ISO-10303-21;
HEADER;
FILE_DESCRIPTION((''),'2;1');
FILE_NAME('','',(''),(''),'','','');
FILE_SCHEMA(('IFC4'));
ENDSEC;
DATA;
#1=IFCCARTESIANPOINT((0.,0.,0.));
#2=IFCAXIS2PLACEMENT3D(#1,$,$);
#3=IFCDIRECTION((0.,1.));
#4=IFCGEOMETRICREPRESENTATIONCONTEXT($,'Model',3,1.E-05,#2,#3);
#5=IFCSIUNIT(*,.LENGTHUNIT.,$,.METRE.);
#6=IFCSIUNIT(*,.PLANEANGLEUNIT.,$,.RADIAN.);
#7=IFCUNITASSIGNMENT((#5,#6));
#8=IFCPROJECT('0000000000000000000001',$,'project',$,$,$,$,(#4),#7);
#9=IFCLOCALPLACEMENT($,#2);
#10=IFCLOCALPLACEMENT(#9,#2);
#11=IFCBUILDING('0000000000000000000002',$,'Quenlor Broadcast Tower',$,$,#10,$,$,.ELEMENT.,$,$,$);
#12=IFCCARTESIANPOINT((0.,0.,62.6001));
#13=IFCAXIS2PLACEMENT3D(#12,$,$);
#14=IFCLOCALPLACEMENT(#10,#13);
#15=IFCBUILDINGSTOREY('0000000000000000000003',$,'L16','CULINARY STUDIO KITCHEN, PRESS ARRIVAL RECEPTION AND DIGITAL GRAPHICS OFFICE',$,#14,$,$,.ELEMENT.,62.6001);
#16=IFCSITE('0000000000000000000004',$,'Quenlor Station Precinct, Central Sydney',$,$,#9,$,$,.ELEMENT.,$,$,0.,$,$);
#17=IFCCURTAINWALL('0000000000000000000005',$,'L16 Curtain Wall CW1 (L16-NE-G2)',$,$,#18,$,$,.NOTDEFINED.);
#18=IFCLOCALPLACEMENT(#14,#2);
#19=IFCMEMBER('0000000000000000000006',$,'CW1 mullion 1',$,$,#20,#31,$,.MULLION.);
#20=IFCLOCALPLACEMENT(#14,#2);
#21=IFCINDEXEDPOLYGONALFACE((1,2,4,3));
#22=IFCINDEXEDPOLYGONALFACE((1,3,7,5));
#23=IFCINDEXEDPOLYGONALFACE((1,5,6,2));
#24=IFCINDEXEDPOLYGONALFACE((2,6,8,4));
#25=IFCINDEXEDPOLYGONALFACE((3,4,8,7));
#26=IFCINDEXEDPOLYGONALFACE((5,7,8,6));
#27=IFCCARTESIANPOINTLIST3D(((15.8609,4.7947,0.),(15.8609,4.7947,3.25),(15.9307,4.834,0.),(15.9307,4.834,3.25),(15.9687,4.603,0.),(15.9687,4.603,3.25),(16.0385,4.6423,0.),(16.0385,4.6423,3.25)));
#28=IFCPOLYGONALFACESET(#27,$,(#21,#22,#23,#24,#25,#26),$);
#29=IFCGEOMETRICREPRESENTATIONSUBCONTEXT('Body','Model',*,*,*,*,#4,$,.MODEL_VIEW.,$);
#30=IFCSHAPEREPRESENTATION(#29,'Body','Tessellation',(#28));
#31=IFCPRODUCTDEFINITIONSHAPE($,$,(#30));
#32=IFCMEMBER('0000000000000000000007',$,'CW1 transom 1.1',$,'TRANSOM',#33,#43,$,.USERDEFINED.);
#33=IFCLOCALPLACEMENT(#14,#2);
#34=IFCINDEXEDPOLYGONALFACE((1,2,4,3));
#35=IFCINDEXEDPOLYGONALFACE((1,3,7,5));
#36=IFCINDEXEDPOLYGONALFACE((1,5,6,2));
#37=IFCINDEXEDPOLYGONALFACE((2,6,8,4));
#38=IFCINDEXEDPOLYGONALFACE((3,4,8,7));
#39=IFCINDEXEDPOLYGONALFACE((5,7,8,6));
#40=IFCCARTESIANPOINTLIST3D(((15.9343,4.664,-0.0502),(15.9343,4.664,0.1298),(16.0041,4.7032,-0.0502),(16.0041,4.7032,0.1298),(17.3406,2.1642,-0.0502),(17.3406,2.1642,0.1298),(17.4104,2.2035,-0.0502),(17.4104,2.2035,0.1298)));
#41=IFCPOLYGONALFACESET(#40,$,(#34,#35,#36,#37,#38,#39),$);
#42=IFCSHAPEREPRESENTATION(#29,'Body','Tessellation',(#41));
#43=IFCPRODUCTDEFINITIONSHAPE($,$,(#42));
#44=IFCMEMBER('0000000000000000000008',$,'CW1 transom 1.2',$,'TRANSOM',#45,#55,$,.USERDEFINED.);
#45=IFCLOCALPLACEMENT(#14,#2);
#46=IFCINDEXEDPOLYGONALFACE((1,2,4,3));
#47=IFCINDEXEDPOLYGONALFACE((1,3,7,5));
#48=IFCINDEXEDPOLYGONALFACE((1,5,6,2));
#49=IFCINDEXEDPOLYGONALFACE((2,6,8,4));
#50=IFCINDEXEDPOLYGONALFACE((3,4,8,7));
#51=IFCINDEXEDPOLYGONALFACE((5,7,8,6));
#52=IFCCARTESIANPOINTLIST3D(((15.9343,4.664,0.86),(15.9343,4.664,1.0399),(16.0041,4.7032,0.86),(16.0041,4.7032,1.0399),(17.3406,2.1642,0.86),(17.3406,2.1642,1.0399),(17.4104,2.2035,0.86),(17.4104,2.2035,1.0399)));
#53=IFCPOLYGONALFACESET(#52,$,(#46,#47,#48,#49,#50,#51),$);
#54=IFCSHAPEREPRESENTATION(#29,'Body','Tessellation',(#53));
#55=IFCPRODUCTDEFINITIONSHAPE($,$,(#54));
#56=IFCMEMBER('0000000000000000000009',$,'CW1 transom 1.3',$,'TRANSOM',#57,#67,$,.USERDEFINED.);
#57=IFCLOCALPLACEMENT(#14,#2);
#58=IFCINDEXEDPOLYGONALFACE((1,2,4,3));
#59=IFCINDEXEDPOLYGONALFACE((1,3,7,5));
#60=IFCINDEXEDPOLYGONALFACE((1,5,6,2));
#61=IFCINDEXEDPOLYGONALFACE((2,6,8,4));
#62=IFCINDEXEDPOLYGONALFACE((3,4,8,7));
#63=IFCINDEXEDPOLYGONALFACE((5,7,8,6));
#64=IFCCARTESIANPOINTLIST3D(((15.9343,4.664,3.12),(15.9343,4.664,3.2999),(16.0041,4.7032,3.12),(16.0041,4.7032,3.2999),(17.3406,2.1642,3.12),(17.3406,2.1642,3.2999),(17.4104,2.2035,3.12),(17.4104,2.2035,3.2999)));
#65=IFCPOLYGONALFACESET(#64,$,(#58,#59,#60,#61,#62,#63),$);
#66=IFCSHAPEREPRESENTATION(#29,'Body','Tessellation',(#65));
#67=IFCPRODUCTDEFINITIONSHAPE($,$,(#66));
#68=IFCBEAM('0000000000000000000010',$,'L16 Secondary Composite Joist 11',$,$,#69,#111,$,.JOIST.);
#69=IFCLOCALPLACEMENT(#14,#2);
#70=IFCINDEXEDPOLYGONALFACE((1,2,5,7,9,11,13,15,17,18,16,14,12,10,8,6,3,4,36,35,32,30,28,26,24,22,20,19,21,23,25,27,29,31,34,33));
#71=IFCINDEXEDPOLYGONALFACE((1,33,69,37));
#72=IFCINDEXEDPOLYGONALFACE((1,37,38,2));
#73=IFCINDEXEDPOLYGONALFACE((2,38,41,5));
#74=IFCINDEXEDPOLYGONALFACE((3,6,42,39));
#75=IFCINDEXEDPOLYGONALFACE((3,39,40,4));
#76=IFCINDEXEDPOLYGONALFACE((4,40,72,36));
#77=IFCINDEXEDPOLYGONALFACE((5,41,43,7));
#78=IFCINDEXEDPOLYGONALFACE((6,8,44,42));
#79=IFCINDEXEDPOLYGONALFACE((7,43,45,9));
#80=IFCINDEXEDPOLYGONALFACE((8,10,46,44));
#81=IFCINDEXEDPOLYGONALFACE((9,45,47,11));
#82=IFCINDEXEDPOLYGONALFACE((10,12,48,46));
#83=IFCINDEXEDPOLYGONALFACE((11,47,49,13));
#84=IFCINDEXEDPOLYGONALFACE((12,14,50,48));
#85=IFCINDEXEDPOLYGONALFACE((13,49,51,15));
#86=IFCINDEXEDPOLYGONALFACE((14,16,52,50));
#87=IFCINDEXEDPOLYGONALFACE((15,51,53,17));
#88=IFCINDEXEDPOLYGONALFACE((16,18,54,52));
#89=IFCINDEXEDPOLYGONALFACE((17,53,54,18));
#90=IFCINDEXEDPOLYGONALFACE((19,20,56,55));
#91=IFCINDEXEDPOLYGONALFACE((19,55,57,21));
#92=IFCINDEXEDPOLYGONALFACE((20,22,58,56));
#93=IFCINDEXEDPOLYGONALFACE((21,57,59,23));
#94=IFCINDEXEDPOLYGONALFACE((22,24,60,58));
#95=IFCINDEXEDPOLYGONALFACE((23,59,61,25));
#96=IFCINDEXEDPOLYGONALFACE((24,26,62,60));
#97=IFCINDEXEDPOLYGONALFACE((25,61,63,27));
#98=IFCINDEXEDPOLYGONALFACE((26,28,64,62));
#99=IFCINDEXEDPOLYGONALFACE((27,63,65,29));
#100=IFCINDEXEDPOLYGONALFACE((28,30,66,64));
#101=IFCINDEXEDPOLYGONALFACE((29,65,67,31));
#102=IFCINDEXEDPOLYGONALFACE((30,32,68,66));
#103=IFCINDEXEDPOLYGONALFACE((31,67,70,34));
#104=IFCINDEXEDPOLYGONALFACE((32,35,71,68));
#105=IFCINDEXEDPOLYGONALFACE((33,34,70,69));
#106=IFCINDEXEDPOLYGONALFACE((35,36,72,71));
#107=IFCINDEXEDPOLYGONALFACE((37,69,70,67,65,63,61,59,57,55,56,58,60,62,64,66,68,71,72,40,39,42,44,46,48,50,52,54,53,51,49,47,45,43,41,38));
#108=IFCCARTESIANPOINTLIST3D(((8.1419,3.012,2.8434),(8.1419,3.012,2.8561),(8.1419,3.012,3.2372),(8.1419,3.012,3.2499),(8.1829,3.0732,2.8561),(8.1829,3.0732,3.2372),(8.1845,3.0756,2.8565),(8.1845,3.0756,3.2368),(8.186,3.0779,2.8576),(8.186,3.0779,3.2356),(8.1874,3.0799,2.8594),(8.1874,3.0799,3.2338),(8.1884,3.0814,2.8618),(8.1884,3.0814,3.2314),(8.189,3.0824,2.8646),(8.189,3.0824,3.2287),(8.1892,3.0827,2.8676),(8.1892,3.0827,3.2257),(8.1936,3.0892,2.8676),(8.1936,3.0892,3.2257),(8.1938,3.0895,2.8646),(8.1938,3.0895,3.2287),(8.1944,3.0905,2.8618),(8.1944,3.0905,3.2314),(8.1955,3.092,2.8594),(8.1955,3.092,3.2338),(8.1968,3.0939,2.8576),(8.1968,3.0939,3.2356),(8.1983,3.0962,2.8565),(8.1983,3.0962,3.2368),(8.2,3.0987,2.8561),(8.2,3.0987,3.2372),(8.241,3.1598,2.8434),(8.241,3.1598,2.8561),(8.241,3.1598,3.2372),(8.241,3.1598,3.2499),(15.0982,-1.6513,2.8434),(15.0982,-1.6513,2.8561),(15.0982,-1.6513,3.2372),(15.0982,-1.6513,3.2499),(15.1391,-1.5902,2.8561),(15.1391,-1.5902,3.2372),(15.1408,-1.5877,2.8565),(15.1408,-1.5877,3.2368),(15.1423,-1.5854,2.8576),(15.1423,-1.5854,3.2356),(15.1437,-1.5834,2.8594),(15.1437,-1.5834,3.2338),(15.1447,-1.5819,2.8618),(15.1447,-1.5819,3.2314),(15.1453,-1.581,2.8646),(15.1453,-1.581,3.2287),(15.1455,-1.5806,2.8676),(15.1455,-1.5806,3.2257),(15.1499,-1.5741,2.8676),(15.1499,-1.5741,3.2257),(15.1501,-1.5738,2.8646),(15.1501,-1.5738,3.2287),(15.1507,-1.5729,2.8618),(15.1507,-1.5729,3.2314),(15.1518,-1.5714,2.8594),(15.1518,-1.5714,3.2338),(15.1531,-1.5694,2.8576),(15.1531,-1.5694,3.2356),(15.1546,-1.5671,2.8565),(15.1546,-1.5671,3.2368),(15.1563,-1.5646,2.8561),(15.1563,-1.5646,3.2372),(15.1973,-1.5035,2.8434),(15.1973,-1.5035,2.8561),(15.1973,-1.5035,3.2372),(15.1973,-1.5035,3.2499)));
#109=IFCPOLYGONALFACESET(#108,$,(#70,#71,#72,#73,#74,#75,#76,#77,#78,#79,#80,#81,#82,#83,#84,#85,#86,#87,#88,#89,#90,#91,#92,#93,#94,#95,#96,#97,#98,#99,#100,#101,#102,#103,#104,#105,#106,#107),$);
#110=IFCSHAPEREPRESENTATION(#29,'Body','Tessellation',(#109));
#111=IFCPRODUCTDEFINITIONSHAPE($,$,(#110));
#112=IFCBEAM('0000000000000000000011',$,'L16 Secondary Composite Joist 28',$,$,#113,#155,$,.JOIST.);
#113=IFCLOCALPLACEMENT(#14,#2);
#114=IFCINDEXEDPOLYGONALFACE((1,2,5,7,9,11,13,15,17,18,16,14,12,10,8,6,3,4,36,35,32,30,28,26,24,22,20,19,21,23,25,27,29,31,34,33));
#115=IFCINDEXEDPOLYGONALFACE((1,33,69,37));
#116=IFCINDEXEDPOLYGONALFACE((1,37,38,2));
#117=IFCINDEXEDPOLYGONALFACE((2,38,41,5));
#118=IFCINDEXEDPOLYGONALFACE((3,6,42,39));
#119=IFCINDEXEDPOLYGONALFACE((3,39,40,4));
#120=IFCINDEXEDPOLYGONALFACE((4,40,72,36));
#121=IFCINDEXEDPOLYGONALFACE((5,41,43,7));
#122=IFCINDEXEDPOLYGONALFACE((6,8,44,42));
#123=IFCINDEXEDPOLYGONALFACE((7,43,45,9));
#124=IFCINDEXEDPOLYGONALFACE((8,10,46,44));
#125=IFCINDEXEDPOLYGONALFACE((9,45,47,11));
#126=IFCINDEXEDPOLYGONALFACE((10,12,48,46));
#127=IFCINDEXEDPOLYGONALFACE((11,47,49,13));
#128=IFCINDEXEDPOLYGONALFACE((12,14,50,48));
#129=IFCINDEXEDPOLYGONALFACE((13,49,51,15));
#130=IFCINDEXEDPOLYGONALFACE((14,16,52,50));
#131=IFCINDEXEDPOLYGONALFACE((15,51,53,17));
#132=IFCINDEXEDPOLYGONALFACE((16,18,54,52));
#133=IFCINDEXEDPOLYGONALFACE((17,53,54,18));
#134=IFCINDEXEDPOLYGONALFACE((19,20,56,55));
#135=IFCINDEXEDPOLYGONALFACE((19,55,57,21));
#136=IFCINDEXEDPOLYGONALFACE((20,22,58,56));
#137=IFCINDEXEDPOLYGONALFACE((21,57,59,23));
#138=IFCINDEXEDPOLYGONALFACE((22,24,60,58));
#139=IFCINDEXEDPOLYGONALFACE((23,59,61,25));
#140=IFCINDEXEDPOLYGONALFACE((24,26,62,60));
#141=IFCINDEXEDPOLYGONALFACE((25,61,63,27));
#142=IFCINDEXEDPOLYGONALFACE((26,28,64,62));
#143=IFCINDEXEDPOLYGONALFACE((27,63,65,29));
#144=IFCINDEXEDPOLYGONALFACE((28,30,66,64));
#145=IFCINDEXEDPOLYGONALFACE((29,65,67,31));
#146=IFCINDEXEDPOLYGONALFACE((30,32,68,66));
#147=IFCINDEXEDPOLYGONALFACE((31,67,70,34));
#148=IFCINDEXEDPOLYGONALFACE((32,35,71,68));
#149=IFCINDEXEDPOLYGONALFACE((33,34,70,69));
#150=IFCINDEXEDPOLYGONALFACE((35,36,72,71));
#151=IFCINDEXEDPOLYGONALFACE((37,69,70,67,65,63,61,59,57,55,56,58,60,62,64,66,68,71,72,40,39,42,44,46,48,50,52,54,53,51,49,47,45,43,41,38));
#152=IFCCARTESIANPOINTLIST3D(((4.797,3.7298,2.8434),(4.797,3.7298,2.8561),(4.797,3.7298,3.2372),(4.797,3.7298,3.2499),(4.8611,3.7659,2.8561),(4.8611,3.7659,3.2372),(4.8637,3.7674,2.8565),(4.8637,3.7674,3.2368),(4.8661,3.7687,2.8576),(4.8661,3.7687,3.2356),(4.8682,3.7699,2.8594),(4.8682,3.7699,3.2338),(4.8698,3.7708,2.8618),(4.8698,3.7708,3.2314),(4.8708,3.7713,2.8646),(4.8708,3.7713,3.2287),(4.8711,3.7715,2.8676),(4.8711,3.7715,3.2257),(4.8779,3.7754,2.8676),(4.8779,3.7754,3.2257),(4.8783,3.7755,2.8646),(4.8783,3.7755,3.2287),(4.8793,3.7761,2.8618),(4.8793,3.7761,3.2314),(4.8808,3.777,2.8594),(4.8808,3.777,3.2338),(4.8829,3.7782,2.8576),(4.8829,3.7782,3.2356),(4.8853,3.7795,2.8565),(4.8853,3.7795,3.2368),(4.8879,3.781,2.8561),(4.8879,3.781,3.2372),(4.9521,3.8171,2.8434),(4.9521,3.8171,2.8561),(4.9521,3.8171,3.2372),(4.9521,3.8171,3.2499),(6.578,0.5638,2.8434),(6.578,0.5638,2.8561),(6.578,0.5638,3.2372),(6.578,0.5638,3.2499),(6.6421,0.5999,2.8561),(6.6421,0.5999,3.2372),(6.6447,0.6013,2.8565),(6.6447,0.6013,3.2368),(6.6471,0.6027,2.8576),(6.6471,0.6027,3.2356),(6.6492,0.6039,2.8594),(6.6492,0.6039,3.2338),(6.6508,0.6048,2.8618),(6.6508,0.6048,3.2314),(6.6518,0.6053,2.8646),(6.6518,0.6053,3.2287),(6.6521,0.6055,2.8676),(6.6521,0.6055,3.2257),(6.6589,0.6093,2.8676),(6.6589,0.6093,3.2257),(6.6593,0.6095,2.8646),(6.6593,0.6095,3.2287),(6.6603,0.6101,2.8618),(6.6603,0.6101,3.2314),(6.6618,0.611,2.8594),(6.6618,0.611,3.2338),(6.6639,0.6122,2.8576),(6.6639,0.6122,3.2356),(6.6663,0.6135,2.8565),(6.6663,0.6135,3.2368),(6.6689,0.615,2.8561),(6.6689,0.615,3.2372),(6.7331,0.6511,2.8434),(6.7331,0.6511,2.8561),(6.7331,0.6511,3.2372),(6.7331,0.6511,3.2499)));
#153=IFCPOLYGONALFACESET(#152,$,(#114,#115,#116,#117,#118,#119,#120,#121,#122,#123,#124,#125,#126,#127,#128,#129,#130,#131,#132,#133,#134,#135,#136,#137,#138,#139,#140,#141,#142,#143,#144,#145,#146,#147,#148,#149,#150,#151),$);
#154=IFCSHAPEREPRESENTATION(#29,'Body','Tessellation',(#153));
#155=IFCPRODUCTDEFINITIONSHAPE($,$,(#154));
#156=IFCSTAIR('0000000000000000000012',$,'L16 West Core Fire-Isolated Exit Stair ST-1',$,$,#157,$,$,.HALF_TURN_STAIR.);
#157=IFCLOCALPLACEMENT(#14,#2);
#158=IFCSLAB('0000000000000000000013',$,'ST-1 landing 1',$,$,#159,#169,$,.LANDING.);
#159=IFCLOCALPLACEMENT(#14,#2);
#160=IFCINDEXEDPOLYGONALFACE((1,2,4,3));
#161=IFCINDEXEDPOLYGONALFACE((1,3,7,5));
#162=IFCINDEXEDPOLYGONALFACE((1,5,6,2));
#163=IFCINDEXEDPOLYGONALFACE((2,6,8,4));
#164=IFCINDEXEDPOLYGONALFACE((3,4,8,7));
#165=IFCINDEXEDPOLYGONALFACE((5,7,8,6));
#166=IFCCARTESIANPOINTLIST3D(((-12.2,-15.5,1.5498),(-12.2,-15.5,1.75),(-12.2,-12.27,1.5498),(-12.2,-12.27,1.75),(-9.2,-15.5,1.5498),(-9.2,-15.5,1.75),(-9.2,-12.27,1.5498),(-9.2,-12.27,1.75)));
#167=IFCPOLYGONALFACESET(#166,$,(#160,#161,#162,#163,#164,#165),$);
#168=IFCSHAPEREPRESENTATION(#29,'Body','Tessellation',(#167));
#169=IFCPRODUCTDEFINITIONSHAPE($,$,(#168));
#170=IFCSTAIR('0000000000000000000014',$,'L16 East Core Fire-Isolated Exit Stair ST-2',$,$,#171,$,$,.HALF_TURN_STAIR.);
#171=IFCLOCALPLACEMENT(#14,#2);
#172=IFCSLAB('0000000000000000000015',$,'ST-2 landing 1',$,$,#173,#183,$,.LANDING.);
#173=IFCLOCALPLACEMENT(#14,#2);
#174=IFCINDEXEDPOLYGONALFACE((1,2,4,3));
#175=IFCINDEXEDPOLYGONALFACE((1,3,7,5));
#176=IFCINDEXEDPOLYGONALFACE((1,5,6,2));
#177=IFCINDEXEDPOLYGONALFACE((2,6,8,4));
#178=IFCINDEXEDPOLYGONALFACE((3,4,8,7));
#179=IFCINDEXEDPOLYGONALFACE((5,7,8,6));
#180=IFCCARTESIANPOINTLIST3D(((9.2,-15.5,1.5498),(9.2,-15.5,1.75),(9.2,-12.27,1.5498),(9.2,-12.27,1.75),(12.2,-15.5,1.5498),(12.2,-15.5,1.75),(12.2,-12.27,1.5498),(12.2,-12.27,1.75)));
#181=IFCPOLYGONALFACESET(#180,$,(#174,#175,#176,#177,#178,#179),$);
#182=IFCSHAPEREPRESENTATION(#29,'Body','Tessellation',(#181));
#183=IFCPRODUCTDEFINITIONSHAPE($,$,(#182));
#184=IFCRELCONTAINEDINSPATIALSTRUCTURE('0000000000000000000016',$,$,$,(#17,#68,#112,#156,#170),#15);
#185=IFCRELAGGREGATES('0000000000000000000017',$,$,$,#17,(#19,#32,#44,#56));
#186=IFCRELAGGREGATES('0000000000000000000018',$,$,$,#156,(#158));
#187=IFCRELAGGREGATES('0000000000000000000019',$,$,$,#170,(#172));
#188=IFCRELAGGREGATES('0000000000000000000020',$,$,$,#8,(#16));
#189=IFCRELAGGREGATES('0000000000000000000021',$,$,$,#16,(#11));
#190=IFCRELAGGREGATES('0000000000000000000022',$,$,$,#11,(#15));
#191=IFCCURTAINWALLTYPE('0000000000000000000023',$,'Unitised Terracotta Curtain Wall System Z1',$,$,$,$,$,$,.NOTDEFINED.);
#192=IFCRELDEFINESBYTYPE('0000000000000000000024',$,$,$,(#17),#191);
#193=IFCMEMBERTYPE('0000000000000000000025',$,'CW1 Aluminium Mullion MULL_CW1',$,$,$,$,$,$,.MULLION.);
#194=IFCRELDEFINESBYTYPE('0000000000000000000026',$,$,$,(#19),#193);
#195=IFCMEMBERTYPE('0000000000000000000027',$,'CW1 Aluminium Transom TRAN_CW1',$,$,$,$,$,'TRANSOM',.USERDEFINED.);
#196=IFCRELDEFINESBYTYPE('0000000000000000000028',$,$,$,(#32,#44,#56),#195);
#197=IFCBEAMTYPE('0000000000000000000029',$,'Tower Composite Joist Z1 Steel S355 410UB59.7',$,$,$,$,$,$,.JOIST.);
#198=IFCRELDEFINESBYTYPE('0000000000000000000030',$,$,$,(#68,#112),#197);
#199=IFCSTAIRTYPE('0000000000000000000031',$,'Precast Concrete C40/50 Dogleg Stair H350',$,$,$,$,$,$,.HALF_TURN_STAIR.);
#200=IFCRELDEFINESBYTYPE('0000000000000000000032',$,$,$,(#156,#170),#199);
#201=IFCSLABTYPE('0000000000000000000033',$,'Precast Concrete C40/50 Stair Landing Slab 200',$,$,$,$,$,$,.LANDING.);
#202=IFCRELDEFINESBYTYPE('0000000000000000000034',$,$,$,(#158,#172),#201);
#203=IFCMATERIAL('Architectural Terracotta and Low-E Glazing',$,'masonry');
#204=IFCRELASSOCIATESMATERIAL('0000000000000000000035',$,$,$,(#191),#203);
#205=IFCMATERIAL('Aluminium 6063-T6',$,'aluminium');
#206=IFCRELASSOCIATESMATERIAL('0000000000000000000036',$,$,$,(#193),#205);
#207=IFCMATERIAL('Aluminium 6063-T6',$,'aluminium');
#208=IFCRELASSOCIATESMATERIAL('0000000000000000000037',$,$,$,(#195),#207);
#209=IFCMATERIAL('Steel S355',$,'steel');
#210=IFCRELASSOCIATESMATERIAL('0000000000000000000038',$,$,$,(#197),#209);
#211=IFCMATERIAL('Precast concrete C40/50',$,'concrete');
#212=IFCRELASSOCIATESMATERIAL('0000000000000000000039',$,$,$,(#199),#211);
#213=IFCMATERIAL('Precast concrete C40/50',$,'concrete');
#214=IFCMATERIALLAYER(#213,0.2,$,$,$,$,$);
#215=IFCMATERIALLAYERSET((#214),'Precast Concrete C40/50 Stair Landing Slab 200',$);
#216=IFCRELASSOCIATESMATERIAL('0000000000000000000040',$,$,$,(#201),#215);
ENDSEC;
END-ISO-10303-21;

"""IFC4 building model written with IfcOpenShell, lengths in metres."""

from ifc_helpers import new_model, si_unit, direction, frame, origin, origin_2d, place, context, subcontext, project, spatial, polyline, rectangle, i_section, outline, extrude, material, layer, layer_set, material_profile, profile_set, type_object, element, aggregate, save


model = new_model("IFC4")

# Units and contexts
model_context = context("Model", 3, precision=1e-05, world=origin(), true_north=direction((0.0, 1.0)))
body_context = subcontext(model_context, "Body", "Model", "MODEL_VIEW")
ifc_project = project(units=[si_unit("LENGTHUNIT", "METRE"), si_unit("PLANEANGLEUNIT", "RADIAN")], contexts=[model_context])

# Site, building, storey
site_placement = place(None, origin())
site = spatial("IfcSite", under=ifc_project, at=site_placement, Name="Quenlor Station Precinct, Central Sydney", CompositionType="ELEMENT", RefElevation=0.0)
building_placement = place(site_placement, origin())
building = spatial("IfcBuilding", under=site, at=building_placement, Name="Quenlor Broadcast Tower", CompositionType="ELEMENT")
storey_placement = place(building_placement, frame((0.0, 0.0, 62.6001)))
storey = spatial("IfcBuildingStorey", under=building, at=storey_placement, Name="L16", Description="CULINARY STUDIO KITCHEN, PRESS ARRIVAL RECEPTION AND DIGITAL GRAPHICS OFFICE", CompositionType="ELEMENT", Elevation=62.6001)

# Curtain wall, members
ifc_material_1 = material(Name="Architectural Terracotta and Low-E Glazing", Category="masonry")
curtain_wall_type = type_object("IfcCurtainWallType", Name="Unitised Terracotta Curtain Wall System Z1", PredefinedType="NOTDEFINED", material=ifc_material_1)
curtain_wall_placement = place(storey_placement, origin())
curtain_wall = element("IfcCurtainWall", 1, at=curtain_wall_placement, inside=storey, type_object=curtain_wall_type, Name="L16 Curtain Wall CW1 (L16-NE-G2)", PredefinedType="NOTDEFINED")
ifc_material_2 = material(Name="Aluminium 6063-T6", Category="aluminium")
ifc_material_profile_1 = material_profile(ifc_material_2, rectangle(XDim=0.0801, YDim=0.22, at=origin_2d()))
ifc_profile_set_1 = profile_set([ifc_material_profile_1], Name="Aluminium 6063-T6 MULL80x220")
member_type_1 = type_object("IfcMemberType", Name="CW1 Aluminium Mullion MULL_CW1", PredefinedType="MULLION", material=ifc_profile_set_1)
member_1_placement = place(storey_placement, frame((15.9497, 4.7185, 0.0), z_axis=(0.0, 0.0, 1.0), x_axis=(0.871568, 0.490274, 0.0)))
member_1 = element("IfcMember", 2, at=member_1_placement, type_object=member_type_1, Name="CW1 mullion 1", PredefinedType="MULLION", context=body_context, shape_type="SweptSolid", body=[
    extrude(rectangle(XDim=0.0801, YDim=0.22, at=origin_2d()), origin(), (0.0, 0.0, 1.0), 3.25),
])
ifc_material_3 = material(Name="Aluminium 6063-T6", Category="aluminium")
ifc_material_profile_2 = material_profile(ifc_material_3, rectangle(XDim=0.0801, YDim=0.1799, at=origin_2d()))
ifc_profile_set_2 = profile_set([ifc_material_profile_2], Name="Aluminium 6063-T6 TRAN80x180")
member_type_2 = type_object("IfcMemberType", Name="CW1 Aluminium Transom TRAN_CW1", ElementType="TRANSOM", PredefinedType="USERDEFINED", material=ifc_profile_set_2)
member_2_placement = place(storey_placement, frame((15.9692, 4.6836, 0.0398), z_axis=(0.490298, -0.871555, 0.0), x_axis=(0.871555, 0.490298, 0.0)))
member_2 = element("IfcMember", 3, at=member_2_placement, type_object=member_type_2, Name="CW1 transom 1.1", ObjectType="TRANSOM", PredefinedType="USERDEFINED", context=body_context, shape_type="SweptSolid", body=[
    extrude(rectangle(XDim=0.0801, YDim=0.1799, at=origin_2d()), origin(), (0.0, 0.0, 1.0), 2.8682),
])
member_3_placement = place(storey_placement, frame((15.9692, 4.6836, 0.95), z_axis=(0.490298, -0.871555, 0.0), x_axis=(0.871555, 0.490298, 0.0)))
member_3 = element("IfcMember", 4, at=member_3_placement, type_object=member_type_2, Name="CW1 transom 1.2", ObjectType="TRANSOM", PredefinedType="USERDEFINED", context=body_context, shape_type="SweptSolid", body=[
    extrude(rectangle(XDim=0.0801, YDim=0.1799, at=origin_2d()), origin(), (0.0, 0.0, 1.0), 2.8682),
])
member_4_placement = place(storey_placement, frame((15.9692, 4.6836, 3.21), z_axis=(0.490298, -0.871555, 0.0), x_axis=(0.871555, 0.490298, 0.0)))
member_4 = element("IfcMember", 5, at=member_4_placement, type_object=member_type_2, Name="CW1 transom 1.3", ObjectType="TRANSOM", PredefinedType="USERDEFINED", context=body_context, shape_type="SweptSolid", body=[
    extrude(rectangle(XDim=0.0801, YDim=0.1799, at=origin_2d()), origin(), (0.0, 0.0, 1.0), 2.8682),
])
aggregate(curtain_wall, [member_1, member_2, member_3, member_4])

# Beams
ifc_material_4 = material(Name="Steel S355", Category="steel")
ifc_material_profile_3 = material_profile(ifc_material_4, i_section(OverallWidth=0.178, OverallDepth=0.4065, WebThickness=0.0078, FlangeThickness=0.0127, FilletRadius=0.0115, at=origin_2d()))
ifc_profile_set_3 = profile_set([ifc_material_profile_3], Name="Steel S355 410UB59.7")
beam_type = type_object("IfcBeamType", Name="Tower Composite Joist Z1 Steel S355 410UB59.7", PredefinedType="JOIST", material=ifc_profile_set_3)
beam_1_placement = place(storey_placement, frame((15.1477, -1.5774, 3.0466), z_axis=(-0.830626, 0.556831, 0.0), x_axis=(-0.556831, -0.830626, 0.0)))
element("IfcBeam", 6, at=beam_1_placement, inside=storey, type_object=beam_type, Name="L16 Secondary Composite Joist 11", PredefinedType="JOIST", context=body_context, shape_type="SweptSolid", body=[
    extrude(i_section(OverallWidth=0.178, OverallDepth=0.4065, WebThickness=0.0078, FlangeThickness=0.0127, FilletRadius=0.0115, at=origin_2d()), origin(), (0.0, 0.0, 1.0), 8.3748),
])
beam_2_placement = place(storey_placement, frame((4.8745, 3.7734, 3.0466), z_axis=(0.490287, -0.871561, 0.0), x_axis=(0.871561, 0.490287, 0.0)))
element("IfcBeam", 7, at=beam_2_placement, inside=storey, type_object=beam_type, Name="L16 Secondary Composite Joist 28", PredefinedType="JOIST", context=body_context, shape_type="SweptSolid", body=[
    extrude(i_section(OverallWidth=0.178, OverallDepth=0.4065, WebThickness=0.0078, FlangeThickness=0.0127, FilletRadius=0.0115, at=origin_2d()), origin(), (0.0, 0.0, 1.0), 3.6326),
])

# Stairs, slabs
ifc_material_5 = material(Name="Precast concrete C40/50", Category="concrete")
stair_type = type_object("IfcStairType", Name="Precast Concrete C40/50 Dogleg Stair H350", PredefinedType="HALF_TURN_STAIR", material=ifc_material_5)
stair_1_placement = place(storey_placement, origin())
stair_1 = element("IfcStair", 8, at=stair_1_placement, inside=storey, type_object=stair_type, Name="L16 West Core Fire-Isolated Exit Stair ST-1", PredefinedType="HALF_TURN_STAIR")
ifc_material_6 = material(Name="Precast concrete C40/50", Category="concrete")
ifc_layer_1 = layer(ifc_material_6, 0.2)
ifc_layer_set_1 = layer_set([ifc_layer_1], Name="Precast Concrete C40/50 Stair Landing Slab 200")
slab_type = type_object("IfcSlabType", Name="Precast Concrete C40/50 Stair Landing Slab 200", PredefinedType="LANDING", material=ifc_layer_set_1)
slab_1_placement = place(storey_placement, frame((0.0, 0.0, 1.5498)))
slab_1 = element("IfcSlab", 9, at=slab_1_placement, type_object=slab_type, Name="ST-1 landing 1", PredefinedType="LANDING", context=body_context, shape_type="SweptSolid", body=[
    extrude(outline(polyline([(-12.2, -12.27), (-12.2, -15.5), (-9.2, -15.5), (-9.2, -12.27), (-12.2, -12.27)])), origin(), (0.0, 0.0, 1.0), 0.2002),
])
aggregate(stair_1, [slab_1])
stair_2_placement = place(storey_placement, origin())
stair_2 = element("IfcStair", 10, at=stair_2_placement, inside=storey, type_object=stair_type, Name="L16 East Core Fire-Isolated Exit Stair ST-2", PredefinedType="HALF_TURN_STAIR")
slab_2_placement = place(storey_placement, frame((0.0, 0.0, 1.5498)))
slab_2 = element("IfcSlab", 11, at=slab_2_placement, type_object=slab_type, Name="ST-2 landing 1", PredefinedType="LANDING", context=body_context, shape_type="SweptSolid", body=[
    extrude(outline(polyline([(9.2, -12.27), (9.2, -15.5), (12.2, -15.5), (12.2, -12.27), (9.2, -12.27)])), origin(), (0.0, 0.0, 1.0), 0.2002),
])
aggregate(stair_2, [slab_2])

save(model, "model.ifc")
